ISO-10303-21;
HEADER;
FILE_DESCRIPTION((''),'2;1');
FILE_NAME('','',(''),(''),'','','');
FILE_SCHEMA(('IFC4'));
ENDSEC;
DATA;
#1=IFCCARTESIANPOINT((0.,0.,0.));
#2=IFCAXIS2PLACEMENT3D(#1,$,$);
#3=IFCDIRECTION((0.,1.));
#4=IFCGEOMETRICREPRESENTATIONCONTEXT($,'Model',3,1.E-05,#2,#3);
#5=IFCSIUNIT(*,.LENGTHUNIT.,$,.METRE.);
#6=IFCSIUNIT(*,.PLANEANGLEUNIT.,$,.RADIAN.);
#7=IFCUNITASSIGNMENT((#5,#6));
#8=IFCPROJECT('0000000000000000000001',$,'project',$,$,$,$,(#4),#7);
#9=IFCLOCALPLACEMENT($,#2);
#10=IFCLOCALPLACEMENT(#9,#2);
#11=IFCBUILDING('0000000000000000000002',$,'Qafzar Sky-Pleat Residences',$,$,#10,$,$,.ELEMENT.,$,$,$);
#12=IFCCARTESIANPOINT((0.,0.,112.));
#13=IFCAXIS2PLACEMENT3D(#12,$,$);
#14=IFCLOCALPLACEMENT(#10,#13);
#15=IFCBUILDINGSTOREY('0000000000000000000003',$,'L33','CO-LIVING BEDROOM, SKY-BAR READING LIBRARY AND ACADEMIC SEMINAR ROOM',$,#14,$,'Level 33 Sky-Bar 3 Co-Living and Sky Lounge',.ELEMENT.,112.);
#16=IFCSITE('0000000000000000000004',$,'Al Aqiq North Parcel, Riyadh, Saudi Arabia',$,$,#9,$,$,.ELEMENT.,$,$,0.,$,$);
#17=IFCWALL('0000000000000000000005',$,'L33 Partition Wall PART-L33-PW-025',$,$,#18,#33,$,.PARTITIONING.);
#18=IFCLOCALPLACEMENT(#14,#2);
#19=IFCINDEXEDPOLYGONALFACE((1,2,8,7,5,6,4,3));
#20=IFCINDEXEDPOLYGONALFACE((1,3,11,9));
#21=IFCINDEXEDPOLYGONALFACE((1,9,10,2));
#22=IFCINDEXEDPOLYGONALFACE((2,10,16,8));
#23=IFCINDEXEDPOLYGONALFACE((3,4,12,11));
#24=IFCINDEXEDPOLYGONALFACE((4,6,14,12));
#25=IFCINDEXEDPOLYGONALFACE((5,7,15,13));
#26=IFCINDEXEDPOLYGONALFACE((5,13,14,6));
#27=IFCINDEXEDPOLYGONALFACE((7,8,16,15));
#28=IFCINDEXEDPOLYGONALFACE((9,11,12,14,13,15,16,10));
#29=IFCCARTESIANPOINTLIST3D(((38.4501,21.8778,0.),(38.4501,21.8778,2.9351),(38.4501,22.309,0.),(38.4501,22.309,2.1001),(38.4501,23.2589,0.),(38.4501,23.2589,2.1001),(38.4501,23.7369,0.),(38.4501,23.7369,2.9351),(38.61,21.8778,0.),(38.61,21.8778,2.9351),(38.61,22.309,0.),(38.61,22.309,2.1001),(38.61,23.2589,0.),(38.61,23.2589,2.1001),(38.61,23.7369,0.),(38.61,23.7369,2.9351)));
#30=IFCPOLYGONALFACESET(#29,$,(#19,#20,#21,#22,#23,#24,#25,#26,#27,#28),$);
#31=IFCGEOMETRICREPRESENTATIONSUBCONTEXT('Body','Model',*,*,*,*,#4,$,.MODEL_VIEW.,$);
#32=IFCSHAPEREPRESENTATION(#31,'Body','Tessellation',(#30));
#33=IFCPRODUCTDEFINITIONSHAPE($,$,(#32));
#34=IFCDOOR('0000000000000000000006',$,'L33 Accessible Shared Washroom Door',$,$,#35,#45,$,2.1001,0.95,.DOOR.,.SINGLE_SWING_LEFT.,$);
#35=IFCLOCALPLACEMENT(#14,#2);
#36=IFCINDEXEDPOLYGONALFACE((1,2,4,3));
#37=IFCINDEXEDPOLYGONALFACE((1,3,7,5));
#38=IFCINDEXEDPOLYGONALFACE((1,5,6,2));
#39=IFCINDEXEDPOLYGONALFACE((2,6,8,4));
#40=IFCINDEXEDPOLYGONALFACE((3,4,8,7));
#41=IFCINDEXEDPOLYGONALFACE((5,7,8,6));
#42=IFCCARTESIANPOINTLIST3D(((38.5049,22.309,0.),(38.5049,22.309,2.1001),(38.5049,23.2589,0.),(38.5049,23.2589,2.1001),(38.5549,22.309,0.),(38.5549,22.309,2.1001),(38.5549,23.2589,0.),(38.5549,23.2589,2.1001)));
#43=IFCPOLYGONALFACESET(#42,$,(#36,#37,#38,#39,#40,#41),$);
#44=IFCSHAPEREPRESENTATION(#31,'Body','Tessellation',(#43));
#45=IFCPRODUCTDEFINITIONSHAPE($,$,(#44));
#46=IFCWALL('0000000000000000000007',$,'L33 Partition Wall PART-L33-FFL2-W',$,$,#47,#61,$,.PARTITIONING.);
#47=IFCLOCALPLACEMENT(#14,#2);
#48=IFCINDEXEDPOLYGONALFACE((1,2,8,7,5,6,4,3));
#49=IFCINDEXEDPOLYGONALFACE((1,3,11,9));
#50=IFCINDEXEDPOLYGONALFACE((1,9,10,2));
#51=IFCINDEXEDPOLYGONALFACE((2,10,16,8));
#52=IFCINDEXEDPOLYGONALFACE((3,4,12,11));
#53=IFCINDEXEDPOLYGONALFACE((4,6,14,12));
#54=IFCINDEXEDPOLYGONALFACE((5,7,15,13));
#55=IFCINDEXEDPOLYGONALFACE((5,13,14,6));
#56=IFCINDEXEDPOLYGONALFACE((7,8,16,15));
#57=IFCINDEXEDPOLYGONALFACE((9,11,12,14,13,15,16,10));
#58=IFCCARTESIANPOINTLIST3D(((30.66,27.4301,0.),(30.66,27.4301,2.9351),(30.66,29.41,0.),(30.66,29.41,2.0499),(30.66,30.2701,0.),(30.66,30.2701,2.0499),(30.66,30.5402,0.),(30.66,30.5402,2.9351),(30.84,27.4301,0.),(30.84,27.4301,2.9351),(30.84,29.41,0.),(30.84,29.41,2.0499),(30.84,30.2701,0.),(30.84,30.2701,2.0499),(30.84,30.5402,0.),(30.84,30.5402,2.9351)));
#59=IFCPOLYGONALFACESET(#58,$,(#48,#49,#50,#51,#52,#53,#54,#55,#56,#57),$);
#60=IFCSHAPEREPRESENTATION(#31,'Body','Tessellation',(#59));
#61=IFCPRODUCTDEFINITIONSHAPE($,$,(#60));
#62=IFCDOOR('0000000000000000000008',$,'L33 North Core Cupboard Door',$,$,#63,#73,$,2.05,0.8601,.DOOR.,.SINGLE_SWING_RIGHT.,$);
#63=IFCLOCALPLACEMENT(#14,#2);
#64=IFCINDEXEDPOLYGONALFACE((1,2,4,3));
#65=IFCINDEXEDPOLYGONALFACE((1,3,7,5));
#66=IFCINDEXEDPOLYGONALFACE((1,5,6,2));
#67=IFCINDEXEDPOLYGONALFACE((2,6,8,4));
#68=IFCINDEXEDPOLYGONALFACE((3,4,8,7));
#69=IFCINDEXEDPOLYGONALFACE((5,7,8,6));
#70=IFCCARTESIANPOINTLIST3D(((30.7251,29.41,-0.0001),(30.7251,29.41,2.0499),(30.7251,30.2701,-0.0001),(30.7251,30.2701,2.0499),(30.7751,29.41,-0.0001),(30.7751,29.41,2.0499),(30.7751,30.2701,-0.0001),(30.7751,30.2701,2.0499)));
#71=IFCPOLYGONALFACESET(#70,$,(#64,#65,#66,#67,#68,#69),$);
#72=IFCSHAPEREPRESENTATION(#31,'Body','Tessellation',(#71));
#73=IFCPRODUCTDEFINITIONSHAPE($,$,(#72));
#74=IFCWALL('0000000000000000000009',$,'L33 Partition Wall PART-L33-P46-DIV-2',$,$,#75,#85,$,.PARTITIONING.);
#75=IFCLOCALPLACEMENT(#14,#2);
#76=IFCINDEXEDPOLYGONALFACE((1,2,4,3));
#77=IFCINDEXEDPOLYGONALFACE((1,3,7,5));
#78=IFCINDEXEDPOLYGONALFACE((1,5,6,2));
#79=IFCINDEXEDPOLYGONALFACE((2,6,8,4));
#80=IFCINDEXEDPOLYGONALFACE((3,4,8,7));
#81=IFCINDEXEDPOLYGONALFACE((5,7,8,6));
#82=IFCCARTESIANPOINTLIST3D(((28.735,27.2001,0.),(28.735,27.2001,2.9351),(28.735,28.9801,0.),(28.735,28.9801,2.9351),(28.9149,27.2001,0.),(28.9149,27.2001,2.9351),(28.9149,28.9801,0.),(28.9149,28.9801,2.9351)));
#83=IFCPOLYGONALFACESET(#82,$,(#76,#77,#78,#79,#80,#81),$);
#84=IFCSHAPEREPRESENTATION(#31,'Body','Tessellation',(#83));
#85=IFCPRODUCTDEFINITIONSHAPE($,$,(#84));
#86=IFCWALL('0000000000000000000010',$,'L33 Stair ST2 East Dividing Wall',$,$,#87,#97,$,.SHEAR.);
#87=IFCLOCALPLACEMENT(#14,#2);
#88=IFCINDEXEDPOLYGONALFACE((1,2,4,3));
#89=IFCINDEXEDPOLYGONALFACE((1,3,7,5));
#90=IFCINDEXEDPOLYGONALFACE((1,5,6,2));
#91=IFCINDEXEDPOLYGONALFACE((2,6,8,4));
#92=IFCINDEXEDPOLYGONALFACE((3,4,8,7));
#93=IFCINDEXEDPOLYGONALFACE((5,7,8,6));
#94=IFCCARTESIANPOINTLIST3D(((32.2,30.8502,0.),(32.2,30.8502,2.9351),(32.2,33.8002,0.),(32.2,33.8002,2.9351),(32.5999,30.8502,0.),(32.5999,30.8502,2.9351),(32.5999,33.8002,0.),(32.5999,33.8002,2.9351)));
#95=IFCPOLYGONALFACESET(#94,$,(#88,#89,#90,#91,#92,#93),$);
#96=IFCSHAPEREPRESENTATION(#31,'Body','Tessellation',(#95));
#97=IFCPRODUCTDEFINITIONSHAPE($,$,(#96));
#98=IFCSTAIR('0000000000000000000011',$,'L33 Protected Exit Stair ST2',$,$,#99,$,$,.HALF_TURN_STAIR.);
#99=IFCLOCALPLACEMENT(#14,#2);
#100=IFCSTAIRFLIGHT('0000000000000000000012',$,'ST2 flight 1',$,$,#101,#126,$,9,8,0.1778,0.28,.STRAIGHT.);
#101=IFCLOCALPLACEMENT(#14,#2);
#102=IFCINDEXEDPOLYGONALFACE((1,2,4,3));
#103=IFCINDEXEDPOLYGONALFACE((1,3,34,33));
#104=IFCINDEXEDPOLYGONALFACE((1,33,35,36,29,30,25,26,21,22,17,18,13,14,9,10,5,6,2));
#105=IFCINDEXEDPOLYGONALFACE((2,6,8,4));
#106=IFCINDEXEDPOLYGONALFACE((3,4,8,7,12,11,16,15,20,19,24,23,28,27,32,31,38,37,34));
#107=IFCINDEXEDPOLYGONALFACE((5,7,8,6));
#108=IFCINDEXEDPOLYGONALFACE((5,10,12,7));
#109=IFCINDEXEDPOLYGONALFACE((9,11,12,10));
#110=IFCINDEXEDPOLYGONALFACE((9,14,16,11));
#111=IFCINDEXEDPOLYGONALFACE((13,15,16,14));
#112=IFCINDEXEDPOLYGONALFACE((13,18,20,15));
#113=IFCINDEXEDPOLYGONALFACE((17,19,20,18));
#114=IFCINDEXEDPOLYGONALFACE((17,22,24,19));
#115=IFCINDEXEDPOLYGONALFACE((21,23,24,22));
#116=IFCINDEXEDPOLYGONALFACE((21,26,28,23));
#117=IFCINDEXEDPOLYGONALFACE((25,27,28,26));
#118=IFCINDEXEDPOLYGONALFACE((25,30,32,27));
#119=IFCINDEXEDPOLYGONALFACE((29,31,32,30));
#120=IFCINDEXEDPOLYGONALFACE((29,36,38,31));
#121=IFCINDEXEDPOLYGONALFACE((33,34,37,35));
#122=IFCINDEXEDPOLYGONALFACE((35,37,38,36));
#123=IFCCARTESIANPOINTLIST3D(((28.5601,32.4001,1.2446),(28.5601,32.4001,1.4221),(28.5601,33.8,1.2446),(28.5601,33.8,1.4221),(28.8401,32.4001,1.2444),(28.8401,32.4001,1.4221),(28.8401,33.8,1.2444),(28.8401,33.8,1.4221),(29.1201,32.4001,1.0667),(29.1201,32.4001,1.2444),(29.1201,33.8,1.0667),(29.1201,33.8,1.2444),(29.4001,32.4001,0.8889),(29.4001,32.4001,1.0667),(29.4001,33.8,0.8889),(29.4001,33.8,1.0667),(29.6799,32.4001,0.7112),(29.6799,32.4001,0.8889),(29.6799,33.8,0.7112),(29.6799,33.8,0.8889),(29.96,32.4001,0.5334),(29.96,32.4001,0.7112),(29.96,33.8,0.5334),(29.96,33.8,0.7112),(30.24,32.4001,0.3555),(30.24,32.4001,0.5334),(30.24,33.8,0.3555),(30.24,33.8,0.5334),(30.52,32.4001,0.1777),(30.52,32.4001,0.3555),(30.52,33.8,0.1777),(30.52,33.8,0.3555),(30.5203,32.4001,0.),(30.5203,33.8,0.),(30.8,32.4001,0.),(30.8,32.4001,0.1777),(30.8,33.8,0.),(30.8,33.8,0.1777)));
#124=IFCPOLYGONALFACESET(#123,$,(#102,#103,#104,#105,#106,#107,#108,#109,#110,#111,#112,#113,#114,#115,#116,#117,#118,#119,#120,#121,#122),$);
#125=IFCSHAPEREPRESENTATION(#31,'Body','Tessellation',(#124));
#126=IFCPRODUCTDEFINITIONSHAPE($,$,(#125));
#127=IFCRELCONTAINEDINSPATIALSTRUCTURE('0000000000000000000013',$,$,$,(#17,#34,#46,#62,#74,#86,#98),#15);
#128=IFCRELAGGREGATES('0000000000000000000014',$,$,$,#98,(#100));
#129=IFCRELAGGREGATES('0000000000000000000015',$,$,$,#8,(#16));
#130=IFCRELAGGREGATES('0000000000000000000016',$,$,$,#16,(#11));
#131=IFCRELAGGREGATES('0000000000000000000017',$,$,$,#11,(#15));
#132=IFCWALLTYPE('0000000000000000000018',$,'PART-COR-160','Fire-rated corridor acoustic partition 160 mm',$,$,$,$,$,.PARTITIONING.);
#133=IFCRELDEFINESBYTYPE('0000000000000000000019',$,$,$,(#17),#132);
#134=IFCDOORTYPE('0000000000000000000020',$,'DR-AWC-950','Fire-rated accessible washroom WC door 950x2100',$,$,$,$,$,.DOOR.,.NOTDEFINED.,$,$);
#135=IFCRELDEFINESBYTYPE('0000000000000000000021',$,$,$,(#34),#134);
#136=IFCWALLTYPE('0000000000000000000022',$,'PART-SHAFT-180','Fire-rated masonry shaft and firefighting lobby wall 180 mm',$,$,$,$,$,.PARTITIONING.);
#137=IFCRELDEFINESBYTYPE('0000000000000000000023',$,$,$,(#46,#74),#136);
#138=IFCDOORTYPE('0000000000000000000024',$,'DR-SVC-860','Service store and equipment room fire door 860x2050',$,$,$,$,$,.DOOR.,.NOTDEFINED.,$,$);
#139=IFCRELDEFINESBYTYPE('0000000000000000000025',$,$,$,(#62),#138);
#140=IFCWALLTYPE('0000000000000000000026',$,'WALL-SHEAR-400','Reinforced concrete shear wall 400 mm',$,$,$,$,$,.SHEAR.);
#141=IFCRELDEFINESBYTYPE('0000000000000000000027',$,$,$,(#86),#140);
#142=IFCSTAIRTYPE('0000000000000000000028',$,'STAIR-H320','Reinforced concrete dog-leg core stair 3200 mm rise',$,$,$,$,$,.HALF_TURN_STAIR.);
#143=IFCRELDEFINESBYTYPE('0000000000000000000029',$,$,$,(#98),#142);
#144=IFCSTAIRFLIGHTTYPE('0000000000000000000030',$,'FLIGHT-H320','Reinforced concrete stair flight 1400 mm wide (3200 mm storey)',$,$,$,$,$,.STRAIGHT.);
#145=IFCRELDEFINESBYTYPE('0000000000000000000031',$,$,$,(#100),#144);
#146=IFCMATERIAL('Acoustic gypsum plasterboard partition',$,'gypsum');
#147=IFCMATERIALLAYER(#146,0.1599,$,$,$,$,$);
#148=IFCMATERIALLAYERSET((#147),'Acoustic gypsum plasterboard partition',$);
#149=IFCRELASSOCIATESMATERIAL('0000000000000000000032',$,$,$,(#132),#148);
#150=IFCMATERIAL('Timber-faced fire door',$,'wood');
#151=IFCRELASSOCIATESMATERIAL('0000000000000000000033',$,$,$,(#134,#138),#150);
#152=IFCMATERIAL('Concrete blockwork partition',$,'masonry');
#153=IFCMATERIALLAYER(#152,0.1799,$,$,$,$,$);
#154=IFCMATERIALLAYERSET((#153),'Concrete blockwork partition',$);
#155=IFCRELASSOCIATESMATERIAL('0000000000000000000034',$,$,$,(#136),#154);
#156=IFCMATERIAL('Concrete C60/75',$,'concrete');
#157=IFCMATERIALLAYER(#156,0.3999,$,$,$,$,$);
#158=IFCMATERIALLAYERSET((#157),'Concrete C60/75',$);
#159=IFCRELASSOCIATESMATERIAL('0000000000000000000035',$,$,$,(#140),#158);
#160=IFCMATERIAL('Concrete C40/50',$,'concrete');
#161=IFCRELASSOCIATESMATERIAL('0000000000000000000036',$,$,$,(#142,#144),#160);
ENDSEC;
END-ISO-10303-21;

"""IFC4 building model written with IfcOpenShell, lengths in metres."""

from ifc_helpers import new_model, si_unit, direction, frame, frame_2d, origin, place, context, subcontext, project, spatial, polyline, rectangle, outline, extrude, source, transform, mapped, material, layer, layer_set, type_object, element, fill, aggregate, save


model = new_model("IFC4")

# Units and contexts
model_context = context("Model", 3, precision=1e-05, world=origin(), true_north=direction((0.0, 1.0)))
body_context = subcontext(model_context, "Body", "Model", "MODEL_VIEW")
ifc_project = project(units=[si_unit("LENGTHUNIT", "METRE"), si_unit("PLANEANGLEUNIT", "RADIAN")], contexts=[model_context])

# Site, building, storey
site_placement = place(None, origin())
site = spatial("IfcSite", under=ifc_project, at=site_placement, Name="Al Aqiq North Parcel, Riyadh, Saudi Arabia", CompositionType="ELEMENT", RefElevation=0.0)
building_placement = place(site_placement, origin())
building = spatial("IfcBuilding", under=site, at=building_placement, Name="Qafzar Sky-Pleat Residences", CompositionType="ELEMENT")
storey_placement = place(building_placement, frame((0.0, 0.0, 112.0)))
storey = spatial("IfcBuildingStorey", under=building, at=storey_placement, Name="L33", Description="CO-LIVING BEDROOM, SKY-BAR READING LIBRARY AND ACADEMIC SEMINAR ROOM", LongName="Level 33 Sky-Bar 3 Co-Living and Sky Lounge", CompositionType="ELEMENT", Elevation=112.0)

# Walls, openings, doors
ifc_material_1 = material(Name="Acoustic gypsum plasterboard partition", Category="gypsum")
ifc_layer_1 = layer(ifc_material_1, 0.1599)
ifc_layer_set_1 = layer_set([ifc_layer_1], Name="Acoustic gypsum plasterboard partition")
wall_type_1 = type_object("IfcWallType", Name="PART-COR-160", Description="Fire-rated corridor acoustic partition 160 mm", PredefinedType="PARTITIONING", material=ifc_layer_set_1)
wall_1_placement = place(storey_placement, frame((38.53, 23.7371, 0.0), z_axis=(0.0, 0.0, 1.0), x_axis=(0.0, -1.0, 0.0)))
wall_1 = element("IfcWall", 1, at=wall_1_placement, inside=storey, type_object=wall_type_1, Name="L33 Partition Wall PART-L33-PW-025", PredefinedType="PARTITIONING", context=body_context, shape_type="SweptSolid", body=[
    extrude(rectangle(XDim=1.8591, YDim=0.1599, at=frame_2d((0.9297, 0.0))), origin(), (0.0, 0.0, 1.0), 2.9351),
])
opening_1_placement = place(wall_1_placement, frame((0.478, 0.0, 0.0)))
opening_1 = element("IfcOpeningElement", 2, at=opening_1_placement, cuts=wall_1, PredefinedType="OPENING", context=body_context, shape_type="SweptSolid", body=[
    extrude(rectangle(XDim=0.95, YDim=2.1001, at=frame_2d((0.4751, 1.05))), frame((0.0, 0.0898, 0.0), z_axis=(0.0, -1.0, 0.0), x_axis=(1.0, 0.0, 0.0)), (0.0, 0.0, 1.0), 0.1799),
])
ifc_material_2 = material(Name="Timber-faced fire door", Category="wood")
door_type_1 = type_object("IfcDoorType", Name="DR-AWC-950", Description="Fire-rated accessible washroom WC door 950x2100", OperationType="NOTDEFINED", PredefinedType="DOOR", material=ifc_material_2)
shared_shape_1 = source(origin(), body_context, "Body", "SweptSolid", [
    extrude(rectangle(XDim=0.95, YDim=2.1001, at=frame_2d((0.4751, 1.05))), frame((0.0, 0.0249, 0.0), z_axis=(0.0, -1.0, 0.0), x_axis=(1.0, 0.0, 0.0)), (0.0, 0.0, 1.0), 0.05),
])
door_1_placement = place(opening_1_placement, origin())
door_1 = element("IfcDoor", 3, at=door_1_placement, inside=storey, type_object=door_type_1, Name="L33 Accessible Shared Washroom Door", OperationType="SINGLE_SWING_LEFT", OverallHeight=2.1001, OverallWidth=0.95, PredefinedType="DOOR", context=body_context, shape_type="MappedRepresentation", body=[
    mapped(shared_shape_1, transform((0.0, 0.0, 0.0), x_axis=(1.0, 0.0, 0.0), y_axis=(0.0, 1.0, 0.0), z_axis=(0.0, 0.0, 1.0), scale=1.0)),
])
fill(opening_1, door_1)
ifc_material_3 = material(Name="Concrete blockwork partition", Category="masonry")
ifc_layer_2 = layer(ifc_material_3, 0.1799)
ifc_layer_set_2 = layer_set([ifc_layer_2], Name="Concrete blockwork partition")
wall_type_2 = type_object("IfcWallType", Name="PART-SHAFT-180", Description="Fire-rated masonry shaft and firefighting lobby wall 180 mm", PredefinedType="PARTITIONING", material=ifc_layer_set_2)
wall_2_placement = place(storey_placement, frame((30.75, 27.4299, 0.0), z_axis=(0.0, 0.0, 1.0), x_axis=(0.0, 1.0, 0.0)))
wall_2 = element("IfcWall", 4, at=wall_2_placement, inside=storey, type_object=wall_type_2, Name="L33 Partition Wall PART-L33-FFL2-W", PredefinedType="PARTITIONING", context=body_context, shape_type="SweptSolid", body=[
    extrude(rectangle(XDim=3.1101, YDim=0.1799, at=frame_2d((1.5552, 0.0))), origin(), (0.0, 0.0, 1.0), 2.9351),
])
opening_2_placement = place(wall_2_placement, frame((1.98, 0.0, 0.0)))
opening_2 = element("IfcOpeningElement", 5, at=opening_2_placement, cuts=wall_2, PredefinedType="OPENING", context=body_context, shape_type="SweptSolid", body=[
    extrude(rectangle(XDim=0.8601, YDim=2.05, at=frame_2d((0.4302, 1.0249))), frame((0.0, 0.1001, 0.0), z_axis=(0.0, -1.0, 0.0), x_axis=(1.0, 0.0, 0.0)), (0.0, 0.0, 1.0), 0.2),
])
door_type_2 = type_object("IfcDoorType", Name="DR-SVC-860", Description="Service store and equipment room fire door 860x2050", OperationType="NOTDEFINED", PredefinedType="DOOR", material=ifc_material_2)
shared_shape_2 = source(origin(), body_context, "Body", "SweptSolid", [
    extrude(rectangle(XDim=0.8601, YDim=2.05, at=frame_2d((0.4302, 1.0249))), frame((0.0, 0.0249, 0.0), z_axis=(0.0, -1.0, 0.0), x_axis=(1.0, 0.0, 0.0)), (0.0, 0.0, 1.0), 0.05),
])
door_2_placement = place(opening_2_placement, origin())
door_2 = element("IfcDoor", 6, at=door_2_placement, inside=storey, type_object=door_type_2, Name="L33 North Core Cupboard Door", OperationType="SINGLE_SWING_RIGHT", OverallHeight=2.05, OverallWidth=0.8601, PredefinedType="DOOR", context=body_context, shape_type="MappedRepresentation", body=[
    mapped(shared_shape_2, transform((0.0, 0.0, 0.0), x_axis=(1.0, 0.0, 0.0), y_axis=(0.0, 1.0, 0.0), z_axis=(0.0, 0.0, 1.0), scale=1.0)),
])
fill(opening_2, door_2)

# Walls
wall_3_placement = place(storey_placement, frame((28.825, 27.2, 0.0), z_axis=(0.0, 0.0, 1.0), x_axis=(0.0, 1.0, 0.0)))
element("IfcWall", 7, at=wall_3_placement, inside=storey, type_object=wall_type_2, Name="L33 Partition Wall PART-L33-P46-DIV-2", PredefinedType="PARTITIONING", context=body_context, shape_type="SweptSolid", body=[
    extrude(rectangle(XDim=1.78, YDim=0.1799, at=frame_2d((0.8901, 0.0))), origin(), (0.0, 0.0, 1.0), 2.9351),
])
ifc_material_4 = material(Name="Concrete C60/75", Category="concrete")
ifc_layer_3 = layer(ifc_material_4, 0.3999)
ifc_layer_set_3 = layer_set([ifc_layer_3], Name="Concrete C60/75")
wall_type_3 = type_object("IfcWallType", Name="WALL-SHEAR-400", Description="Reinforced concrete shear wall 400 mm", PredefinedType="SHEAR", material=ifc_layer_set_3)
wall_4_placement = place(storey_placement, frame((32.3999, 30.8501, 0.0), z_axis=(0.0, 0.0, 1.0), x_axis=(0.0, 1.0, 0.0)))
element("IfcWall", 8, at=wall_4_placement, inside=storey, type_object=wall_type_3, Name="L33 Stair ST2 East Dividing Wall", PredefinedType="SHEAR", context=body_context, shape_type="SweptSolid", body=[
    extrude(rectangle(XDim=2.95, YDim=0.3999, at=frame_2d((1.4751, 0.0))), origin(), (0.0, 0.0, 1.0), 2.9351),
])

# Stair, stair flight
ifc_material_5 = material(Name="Concrete C40/50", Category="concrete")
stair_type = type_object("IfcStairType", Name="STAIR-H320", Description="Reinforced concrete dog-leg core stair 3200 mm rise", PredefinedType="HALF_TURN_STAIR", material=ifc_material_5)
stair_placement = place(storey_placement, origin())
stair = element("IfcStair", 9, at=stair_placement, inside=storey, type_object=stair_type, Name="L33 Protected Exit Stair ST2", PredefinedType="HALF_TURN_STAIR")
stair_flight_type = type_object("IfcStairFlightType", Name="FLIGHT-H320", Description="Reinforced concrete stair flight 1400 mm wide (3200 mm storey)", PredefinedType="STRAIGHT", material=ifc_material_5)
shared_shape_3 = source(origin(), body_context, "Body", "SweptSolid", [
    extrude(outline(polyline([(0.0, 0.0), (0.0, 0.1777), (0.28, 0.1777), (0.28, 0.3555), (0.5601, 0.3555), (0.5601, 0.5334), (0.8401, 0.5334), (0.8401, 0.7112), (1.1201, 0.7112), (1.1201, 0.8889), (1.3999, 0.8889), (1.3999, 1.0667), (1.6799, 1.0667), (1.6799, 1.2444), (1.96, 1.2444), (1.96, 1.4221), (2.24, 1.4221), (2.24, 1.6001), (2.24, 1.2446), (0.2798, 0.0), (0.0, 0.0)])), frame((0.0, 0.7, 0.0), z_axis=(0.0, -1.0, 0.0), x_axis=(1.0, 0.0, 0.0)), (0.0, 0.0, 1.0), 1.3999),
])
stair_flight_placement = place(storey_placement, frame((30.8, 33.1001, 0.0), z_axis=(0.0, 0.0, 1.0), x_axis=(-1.0, 0.0, 0.0)))
stair_flight = element("IfcStairFlight", 10, at=stair_flight_placement, type_object=stair_flight_type, Name="ST2 flight 1", NumberOfRisers=9, NumberOfTreads=8, PredefinedType="STRAIGHT", RiserHeight=0.1778, TreadLength=0.28, context=body_context, shape_type="MappedRepresentation", body=[
    mapped(shared_shape_3, transform((0.0, 0.0, 0.0), x_axis=(1.0, 0.0, 0.0), y_axis=(0.0, 1.0, 0.0), z_axis=(0.0, 0.0, 1.0), scale=1.0)),
])
aggregate(stair, [stair_flight])

save(model, "model.ifc")
